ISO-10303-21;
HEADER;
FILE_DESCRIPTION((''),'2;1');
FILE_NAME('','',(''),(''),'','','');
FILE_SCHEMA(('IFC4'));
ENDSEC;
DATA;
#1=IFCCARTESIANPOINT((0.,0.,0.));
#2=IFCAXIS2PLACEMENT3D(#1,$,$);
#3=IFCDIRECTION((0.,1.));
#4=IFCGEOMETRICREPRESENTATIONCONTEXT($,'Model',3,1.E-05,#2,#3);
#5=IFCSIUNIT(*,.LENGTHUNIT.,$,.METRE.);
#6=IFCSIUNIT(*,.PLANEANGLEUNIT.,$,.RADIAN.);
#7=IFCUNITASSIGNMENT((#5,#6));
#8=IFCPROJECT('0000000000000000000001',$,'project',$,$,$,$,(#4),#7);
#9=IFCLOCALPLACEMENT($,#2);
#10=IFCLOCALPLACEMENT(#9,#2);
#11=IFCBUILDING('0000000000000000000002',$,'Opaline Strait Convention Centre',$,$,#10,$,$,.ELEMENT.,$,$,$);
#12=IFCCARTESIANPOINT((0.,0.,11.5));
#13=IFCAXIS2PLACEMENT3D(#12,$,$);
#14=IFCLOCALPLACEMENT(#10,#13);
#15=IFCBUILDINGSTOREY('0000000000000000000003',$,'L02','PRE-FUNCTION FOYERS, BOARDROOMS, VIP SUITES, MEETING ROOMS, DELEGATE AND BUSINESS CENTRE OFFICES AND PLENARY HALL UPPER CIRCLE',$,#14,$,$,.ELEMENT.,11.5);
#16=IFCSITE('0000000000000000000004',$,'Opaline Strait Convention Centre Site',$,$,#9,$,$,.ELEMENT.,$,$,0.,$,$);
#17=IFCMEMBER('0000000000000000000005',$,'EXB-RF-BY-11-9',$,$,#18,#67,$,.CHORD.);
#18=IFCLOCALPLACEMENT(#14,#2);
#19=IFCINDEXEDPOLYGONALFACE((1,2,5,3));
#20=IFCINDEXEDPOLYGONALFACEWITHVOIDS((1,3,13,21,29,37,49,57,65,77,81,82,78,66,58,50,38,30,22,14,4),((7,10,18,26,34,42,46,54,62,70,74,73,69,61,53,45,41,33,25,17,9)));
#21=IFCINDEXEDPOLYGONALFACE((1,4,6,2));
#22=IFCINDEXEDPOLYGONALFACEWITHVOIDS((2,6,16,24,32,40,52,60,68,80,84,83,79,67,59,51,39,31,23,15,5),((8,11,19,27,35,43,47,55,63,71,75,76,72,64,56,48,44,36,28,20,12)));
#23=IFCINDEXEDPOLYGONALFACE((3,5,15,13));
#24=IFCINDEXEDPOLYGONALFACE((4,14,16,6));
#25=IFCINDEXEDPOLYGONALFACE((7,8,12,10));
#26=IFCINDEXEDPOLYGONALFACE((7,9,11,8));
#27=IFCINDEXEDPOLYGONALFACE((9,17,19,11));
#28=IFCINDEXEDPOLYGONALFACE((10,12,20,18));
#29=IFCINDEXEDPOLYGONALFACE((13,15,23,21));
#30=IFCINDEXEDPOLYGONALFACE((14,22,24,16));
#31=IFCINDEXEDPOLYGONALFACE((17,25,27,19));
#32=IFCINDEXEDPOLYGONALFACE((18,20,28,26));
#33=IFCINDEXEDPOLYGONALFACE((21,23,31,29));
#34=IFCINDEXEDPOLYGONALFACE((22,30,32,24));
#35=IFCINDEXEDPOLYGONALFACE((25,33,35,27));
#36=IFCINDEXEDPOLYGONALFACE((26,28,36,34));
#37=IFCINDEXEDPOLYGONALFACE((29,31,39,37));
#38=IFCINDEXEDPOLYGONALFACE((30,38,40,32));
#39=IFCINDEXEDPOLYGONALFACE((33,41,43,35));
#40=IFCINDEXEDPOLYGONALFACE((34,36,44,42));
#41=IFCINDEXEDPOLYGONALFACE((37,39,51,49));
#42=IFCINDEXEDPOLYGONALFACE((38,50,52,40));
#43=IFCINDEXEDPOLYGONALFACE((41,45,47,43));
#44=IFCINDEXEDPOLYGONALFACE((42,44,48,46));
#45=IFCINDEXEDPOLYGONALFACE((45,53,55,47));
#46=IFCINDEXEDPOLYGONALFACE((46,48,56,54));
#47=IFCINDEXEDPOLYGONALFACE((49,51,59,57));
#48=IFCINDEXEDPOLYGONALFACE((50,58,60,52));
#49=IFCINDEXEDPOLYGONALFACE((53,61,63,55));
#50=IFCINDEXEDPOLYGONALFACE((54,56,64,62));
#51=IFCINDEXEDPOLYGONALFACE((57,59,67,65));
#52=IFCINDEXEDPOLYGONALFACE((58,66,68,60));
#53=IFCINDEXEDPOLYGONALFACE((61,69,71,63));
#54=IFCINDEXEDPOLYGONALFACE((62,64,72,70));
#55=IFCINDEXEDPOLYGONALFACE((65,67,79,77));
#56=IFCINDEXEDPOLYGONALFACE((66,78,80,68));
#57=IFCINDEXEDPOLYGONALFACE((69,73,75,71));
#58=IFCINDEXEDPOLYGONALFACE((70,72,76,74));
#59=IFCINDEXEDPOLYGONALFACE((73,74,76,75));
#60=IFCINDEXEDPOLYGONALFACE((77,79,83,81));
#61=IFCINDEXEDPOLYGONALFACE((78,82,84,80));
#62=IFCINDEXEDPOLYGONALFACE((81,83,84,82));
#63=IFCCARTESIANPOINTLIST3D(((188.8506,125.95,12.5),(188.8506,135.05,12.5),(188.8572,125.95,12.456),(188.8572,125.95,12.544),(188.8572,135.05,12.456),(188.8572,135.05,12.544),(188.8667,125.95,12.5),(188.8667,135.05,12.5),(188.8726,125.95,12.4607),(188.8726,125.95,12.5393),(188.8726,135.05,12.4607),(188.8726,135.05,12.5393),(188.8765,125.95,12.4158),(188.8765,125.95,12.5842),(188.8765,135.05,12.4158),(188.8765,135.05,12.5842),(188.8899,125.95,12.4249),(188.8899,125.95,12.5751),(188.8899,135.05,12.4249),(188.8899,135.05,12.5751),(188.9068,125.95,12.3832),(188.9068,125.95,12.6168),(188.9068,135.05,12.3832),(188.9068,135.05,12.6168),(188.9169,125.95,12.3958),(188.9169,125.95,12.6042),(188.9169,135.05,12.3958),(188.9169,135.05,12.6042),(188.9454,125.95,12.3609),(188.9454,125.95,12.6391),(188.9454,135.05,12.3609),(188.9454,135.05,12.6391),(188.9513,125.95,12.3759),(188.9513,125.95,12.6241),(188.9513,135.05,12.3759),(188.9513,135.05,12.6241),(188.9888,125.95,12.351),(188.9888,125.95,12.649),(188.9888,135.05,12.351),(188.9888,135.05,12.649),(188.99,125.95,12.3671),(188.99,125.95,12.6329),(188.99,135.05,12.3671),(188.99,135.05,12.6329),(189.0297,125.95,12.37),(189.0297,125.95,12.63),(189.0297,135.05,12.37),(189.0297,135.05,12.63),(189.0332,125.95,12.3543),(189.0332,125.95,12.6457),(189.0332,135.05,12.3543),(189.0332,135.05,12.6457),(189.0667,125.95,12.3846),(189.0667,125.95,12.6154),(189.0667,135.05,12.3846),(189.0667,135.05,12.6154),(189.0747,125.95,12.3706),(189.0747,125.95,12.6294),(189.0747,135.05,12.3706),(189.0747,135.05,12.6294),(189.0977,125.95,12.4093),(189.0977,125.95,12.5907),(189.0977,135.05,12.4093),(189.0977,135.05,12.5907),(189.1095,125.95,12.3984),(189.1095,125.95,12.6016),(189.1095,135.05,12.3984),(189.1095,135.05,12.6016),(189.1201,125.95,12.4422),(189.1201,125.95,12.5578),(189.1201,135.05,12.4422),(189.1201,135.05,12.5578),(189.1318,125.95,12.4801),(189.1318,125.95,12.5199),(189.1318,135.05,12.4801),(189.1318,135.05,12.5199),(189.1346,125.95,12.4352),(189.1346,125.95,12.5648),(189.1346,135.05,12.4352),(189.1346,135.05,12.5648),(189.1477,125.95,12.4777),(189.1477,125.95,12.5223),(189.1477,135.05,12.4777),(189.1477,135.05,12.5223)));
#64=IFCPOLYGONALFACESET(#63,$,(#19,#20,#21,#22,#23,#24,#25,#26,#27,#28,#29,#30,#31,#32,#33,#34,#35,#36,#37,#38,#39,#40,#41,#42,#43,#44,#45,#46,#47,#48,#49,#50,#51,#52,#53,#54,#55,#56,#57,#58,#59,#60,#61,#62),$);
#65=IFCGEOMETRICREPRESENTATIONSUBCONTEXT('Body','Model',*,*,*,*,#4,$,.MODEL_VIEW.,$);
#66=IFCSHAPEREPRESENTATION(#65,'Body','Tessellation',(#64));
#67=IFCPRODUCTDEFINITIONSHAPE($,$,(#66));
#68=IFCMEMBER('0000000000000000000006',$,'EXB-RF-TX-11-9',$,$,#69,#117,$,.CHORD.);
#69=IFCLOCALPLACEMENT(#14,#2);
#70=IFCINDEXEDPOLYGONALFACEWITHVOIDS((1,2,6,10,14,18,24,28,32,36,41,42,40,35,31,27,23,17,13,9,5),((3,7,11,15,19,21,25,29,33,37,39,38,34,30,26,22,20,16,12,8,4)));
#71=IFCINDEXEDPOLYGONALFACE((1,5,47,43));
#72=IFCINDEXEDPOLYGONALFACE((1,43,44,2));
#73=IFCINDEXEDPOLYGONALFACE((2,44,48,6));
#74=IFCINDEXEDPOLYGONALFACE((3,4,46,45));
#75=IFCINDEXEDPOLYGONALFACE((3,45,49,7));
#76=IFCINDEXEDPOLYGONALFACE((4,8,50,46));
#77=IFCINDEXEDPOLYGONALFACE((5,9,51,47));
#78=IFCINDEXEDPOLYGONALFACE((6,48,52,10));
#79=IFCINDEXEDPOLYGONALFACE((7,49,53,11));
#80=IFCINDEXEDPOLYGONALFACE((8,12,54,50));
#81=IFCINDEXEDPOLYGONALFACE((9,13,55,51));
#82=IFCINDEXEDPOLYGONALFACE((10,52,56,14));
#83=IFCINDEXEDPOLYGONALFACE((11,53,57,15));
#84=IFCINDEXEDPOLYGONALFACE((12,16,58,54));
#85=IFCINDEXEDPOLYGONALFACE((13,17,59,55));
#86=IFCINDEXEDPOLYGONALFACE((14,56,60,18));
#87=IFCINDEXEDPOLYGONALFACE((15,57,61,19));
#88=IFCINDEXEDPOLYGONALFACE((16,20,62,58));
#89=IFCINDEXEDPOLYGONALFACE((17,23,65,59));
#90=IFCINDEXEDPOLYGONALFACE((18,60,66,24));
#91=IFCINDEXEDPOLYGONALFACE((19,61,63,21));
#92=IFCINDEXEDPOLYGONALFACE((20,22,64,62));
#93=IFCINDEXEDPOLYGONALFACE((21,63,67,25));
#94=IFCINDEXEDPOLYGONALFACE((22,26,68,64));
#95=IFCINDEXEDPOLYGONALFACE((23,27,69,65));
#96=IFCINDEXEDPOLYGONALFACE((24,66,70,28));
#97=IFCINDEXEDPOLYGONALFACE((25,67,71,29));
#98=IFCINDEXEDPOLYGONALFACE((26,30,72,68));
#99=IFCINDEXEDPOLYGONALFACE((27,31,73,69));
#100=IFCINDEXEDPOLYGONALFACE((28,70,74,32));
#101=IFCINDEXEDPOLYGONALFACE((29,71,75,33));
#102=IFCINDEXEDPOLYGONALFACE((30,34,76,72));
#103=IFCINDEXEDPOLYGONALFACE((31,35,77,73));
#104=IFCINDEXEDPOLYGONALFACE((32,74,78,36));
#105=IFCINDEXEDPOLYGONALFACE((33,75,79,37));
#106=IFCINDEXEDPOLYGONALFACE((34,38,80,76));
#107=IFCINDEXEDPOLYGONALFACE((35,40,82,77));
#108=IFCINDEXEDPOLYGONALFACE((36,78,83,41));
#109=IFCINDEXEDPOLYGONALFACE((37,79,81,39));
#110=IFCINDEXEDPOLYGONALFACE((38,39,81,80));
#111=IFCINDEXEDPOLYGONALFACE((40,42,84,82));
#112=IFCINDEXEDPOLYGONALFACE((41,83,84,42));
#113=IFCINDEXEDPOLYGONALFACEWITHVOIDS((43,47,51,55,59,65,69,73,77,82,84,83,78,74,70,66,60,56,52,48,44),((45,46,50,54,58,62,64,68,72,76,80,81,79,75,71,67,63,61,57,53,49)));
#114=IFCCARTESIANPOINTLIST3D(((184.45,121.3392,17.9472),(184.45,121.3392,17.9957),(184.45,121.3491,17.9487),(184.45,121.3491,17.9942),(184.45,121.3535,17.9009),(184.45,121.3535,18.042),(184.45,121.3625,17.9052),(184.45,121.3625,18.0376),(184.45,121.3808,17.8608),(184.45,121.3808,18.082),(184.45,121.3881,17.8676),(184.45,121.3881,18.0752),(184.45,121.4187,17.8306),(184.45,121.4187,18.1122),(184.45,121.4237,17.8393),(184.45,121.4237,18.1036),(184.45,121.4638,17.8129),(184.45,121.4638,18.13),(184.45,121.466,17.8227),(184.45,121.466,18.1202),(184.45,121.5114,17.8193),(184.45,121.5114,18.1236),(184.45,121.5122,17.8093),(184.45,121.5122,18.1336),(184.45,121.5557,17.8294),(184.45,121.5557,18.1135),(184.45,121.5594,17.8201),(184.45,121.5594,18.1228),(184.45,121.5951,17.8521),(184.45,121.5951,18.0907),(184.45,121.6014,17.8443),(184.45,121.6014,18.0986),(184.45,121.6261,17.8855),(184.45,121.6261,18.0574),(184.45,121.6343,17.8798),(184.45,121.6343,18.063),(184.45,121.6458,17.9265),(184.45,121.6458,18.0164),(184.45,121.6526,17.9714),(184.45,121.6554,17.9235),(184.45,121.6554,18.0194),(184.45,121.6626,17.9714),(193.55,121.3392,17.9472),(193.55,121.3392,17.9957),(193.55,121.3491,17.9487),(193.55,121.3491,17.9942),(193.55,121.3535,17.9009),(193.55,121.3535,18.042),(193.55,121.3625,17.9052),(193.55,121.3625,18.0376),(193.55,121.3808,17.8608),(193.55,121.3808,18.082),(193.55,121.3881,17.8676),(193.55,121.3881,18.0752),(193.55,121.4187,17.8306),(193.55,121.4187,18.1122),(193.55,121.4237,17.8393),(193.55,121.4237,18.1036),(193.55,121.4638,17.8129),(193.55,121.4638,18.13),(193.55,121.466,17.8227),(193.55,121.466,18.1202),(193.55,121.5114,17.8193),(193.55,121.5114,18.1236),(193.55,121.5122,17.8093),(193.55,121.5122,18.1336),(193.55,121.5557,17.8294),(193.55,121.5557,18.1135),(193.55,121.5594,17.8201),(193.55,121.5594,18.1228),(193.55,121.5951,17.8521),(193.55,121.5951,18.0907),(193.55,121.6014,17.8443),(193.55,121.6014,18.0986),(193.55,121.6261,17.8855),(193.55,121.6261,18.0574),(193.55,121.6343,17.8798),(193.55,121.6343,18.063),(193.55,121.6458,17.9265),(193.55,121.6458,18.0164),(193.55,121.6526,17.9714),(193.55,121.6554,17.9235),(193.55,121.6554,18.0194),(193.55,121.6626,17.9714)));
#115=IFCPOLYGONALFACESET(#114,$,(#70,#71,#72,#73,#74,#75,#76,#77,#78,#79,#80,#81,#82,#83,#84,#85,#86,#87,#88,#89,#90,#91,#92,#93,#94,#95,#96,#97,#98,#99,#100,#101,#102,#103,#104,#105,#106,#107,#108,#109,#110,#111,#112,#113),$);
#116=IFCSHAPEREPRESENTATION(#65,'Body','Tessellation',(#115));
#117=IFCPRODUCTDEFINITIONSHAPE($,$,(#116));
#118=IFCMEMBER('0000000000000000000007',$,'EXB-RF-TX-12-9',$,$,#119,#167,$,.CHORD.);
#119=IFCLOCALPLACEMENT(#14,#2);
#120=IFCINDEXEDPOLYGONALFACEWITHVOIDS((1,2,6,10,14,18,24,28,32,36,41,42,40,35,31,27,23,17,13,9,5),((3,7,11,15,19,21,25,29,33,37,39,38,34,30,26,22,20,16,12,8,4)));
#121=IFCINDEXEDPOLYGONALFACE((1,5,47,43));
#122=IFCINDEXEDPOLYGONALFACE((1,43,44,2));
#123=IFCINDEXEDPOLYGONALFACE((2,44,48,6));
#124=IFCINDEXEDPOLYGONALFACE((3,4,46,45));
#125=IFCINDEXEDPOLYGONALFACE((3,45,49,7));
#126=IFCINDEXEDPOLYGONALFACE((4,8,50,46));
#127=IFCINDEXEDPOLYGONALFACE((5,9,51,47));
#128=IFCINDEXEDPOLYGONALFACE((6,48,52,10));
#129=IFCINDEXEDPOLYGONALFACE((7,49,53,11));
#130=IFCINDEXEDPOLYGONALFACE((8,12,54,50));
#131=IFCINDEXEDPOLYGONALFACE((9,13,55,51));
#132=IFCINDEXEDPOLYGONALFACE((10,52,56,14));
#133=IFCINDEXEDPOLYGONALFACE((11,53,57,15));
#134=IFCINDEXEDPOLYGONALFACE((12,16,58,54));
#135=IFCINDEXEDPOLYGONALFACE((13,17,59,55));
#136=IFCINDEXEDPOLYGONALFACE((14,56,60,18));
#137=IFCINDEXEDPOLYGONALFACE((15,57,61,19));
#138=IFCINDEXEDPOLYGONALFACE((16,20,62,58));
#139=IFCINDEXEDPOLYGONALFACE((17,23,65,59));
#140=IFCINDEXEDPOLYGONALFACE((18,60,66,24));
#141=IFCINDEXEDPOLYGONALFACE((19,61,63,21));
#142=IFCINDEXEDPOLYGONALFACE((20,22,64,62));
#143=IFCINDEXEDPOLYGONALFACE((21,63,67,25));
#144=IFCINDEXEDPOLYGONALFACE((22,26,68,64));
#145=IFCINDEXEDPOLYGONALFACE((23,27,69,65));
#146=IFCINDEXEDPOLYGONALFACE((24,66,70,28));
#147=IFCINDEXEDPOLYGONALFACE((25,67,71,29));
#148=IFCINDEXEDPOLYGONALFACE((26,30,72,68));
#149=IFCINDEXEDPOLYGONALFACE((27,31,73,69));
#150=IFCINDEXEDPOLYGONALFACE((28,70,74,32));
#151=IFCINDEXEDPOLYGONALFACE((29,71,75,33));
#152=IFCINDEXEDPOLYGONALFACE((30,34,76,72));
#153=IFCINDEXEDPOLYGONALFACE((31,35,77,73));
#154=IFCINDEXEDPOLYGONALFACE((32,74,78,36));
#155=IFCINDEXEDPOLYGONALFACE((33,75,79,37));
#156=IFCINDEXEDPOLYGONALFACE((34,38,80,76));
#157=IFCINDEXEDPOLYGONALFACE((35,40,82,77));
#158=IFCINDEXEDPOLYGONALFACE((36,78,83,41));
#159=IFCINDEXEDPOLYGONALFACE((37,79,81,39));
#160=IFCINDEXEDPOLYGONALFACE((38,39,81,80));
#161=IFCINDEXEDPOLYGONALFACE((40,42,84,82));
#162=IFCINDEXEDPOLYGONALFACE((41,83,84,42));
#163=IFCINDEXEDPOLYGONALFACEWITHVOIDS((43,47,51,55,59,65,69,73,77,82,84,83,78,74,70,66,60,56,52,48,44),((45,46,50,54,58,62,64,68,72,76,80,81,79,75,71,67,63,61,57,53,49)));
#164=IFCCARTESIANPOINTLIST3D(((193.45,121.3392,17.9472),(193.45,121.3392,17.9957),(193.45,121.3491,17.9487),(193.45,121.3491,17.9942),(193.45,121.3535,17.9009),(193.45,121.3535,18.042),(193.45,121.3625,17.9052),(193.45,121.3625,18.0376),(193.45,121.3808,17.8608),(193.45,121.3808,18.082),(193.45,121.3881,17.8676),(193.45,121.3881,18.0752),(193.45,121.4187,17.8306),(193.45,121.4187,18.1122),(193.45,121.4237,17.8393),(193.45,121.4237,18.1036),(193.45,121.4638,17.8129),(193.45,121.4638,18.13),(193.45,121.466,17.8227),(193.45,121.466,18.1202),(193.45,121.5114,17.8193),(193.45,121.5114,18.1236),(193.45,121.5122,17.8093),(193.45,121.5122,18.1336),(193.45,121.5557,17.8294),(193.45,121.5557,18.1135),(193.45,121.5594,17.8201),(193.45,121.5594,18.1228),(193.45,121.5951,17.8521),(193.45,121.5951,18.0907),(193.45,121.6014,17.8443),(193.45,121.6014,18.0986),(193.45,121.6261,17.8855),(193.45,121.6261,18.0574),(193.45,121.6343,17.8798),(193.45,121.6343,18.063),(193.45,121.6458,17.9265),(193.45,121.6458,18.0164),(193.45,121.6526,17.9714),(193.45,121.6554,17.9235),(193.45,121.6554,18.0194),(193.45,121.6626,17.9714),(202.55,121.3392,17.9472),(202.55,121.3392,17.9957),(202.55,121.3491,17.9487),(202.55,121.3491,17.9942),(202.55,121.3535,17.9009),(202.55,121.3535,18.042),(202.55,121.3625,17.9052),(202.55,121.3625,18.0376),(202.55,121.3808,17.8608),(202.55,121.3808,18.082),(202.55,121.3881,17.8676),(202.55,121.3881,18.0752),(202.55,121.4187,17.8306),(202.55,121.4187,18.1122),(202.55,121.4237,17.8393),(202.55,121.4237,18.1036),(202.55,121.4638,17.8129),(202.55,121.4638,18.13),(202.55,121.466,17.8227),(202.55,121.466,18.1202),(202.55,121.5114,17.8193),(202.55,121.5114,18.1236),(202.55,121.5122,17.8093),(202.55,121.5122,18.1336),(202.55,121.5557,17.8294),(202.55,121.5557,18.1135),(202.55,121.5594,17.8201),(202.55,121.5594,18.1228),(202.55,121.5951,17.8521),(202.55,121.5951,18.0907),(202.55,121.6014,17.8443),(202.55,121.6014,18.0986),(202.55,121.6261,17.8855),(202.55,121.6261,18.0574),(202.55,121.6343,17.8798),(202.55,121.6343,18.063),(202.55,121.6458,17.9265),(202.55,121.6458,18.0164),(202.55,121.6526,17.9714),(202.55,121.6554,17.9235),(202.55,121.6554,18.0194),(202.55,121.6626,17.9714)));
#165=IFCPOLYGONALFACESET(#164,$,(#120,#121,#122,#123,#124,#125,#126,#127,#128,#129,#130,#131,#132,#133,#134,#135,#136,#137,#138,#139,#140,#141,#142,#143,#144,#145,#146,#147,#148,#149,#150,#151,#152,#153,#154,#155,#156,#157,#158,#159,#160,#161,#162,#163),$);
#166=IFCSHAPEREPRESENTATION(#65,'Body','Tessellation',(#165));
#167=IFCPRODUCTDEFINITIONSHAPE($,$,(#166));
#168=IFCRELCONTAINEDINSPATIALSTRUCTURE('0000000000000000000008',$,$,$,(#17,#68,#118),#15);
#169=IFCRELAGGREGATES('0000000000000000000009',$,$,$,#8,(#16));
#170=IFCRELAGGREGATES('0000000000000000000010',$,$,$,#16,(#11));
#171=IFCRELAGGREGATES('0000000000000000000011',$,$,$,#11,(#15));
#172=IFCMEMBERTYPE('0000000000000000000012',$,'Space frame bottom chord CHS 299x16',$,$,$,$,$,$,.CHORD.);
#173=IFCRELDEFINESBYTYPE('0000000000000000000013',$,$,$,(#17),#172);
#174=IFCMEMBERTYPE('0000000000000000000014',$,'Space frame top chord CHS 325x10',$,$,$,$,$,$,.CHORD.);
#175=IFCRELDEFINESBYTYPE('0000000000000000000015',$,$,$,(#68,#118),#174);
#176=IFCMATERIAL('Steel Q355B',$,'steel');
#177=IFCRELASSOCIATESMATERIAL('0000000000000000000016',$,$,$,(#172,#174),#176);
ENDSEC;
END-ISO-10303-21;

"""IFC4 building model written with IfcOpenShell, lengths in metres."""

from ifc_helpers import new_model, si_unit, direction, frame, origin, origin_2d, place, context, subcontext, project, spatial, hollow_circle, extrude, material, material_profile, profile_set, type_object, element, save


model = new_model("IFC4")

# Units and contexts
model_context = context("Model", 3, precision=1e-05, world=origin(), true_north=direction((0.0, 1.0)))
body_context = subcontext(model_context, "Body", "Model", "MODEL_VIEW")
ifc_project = project(units=[si_unit("LENGTHUNIT", "METRE"), si_unit("PLANEANGLEUNIT", "RADIAN")], contexts=[model_context])

# Site, building, storey
site_placement = place(None, origin())
site = spatial("IfcSite", under=ifc_project, at=site_placement, Name="Opaline Strait Convention Centre Site", CompositionType="ELEMENT", RefElevation=0.0)
building_placement = place(site_placement, origin())
building = spatial("IfcBuilding", under=site, at=building_placement, Name="Opaline Strait Convention Centre", CompositionType="ELEMENT")
storey_placement = place(building_placement, frame((0.0, 0.0, 11.5)))
storey = spatial("IfcBuildingStorey", under=building, at=storey_placement, Name="L02", Description="PRE-FUNCTION FOYERS, BOARDROOMS, VIP SUITES, MEETING ROOMS, DELEGATE AND BUSINESS CENTRE OFFICES AND PLENARY HALL UPPER CIRCLE", CompositionType="ELEMENT", Elevation=11.5)

# Members
ifc_material = material(Name="Steel Q355B", Category="steel")
ifc_material_profile_1 = material_profile(ifc_material, hollow_circle(Radius=0.1494, WallThickness=0.0161, at=origin_2d()), Name="CHS 299x16")
ifc_profile_set_1 = profile_set([ifc_material_profile_1], Name="Steel Q355B")
member_type_1 = type_object("IfcMemberType", Name="Space frame bottom chord CHS 299x16", PredefinedType="CHORD", material=ifc_profile_set_1)
for number, where, z_axis, x_axis, name in (
    (1, (189.0, 125.95, 12.5), (0.0, 1.0, 0.0), (-1.0, 0.0, 0.0), "EXB-RF-BY-11-9"),
):
    element("IfcMember", number, at=place(storey_placement, frame(where, z_axis=z_axis, x_axis=x_axis)), inside=storey, type_object=member_type_1, Name=name, PredefinedType="CHORD", context=body_context, shape_type="SweptSolid", body=[
        extrude(hollow_circle(Radius=0.1494, WallThickness=0.0161, at=origin_2d()), origin(), (0.0, 0.0, 1.0), 9.1001),
    ])
ifc_material_profile_2 = material_profile(ifc_material, hollow_circle(Radius=0.1626, WallThickness=0.01, at=origin_2d()), Name="CHS 325x10")
ifc_profile_set_2 = profile_set([ifc_material_profile_2], Name="Steel Q355B")
member_type_2 = type_object("IfcMemberType", Name="Space frame top chord CHS 325x10", PredefinedType="CHORD", material=ifc_profile_set_2)
for number, where, z_axis, x_axis, name in (
    (2, (184.45, 121.5, 17.9714), (1.0, 0.0, 0.0), (0.0, 1.0, 0.0), "EXB-RF-TX-11-9"),
    (3, (193.45, 121.5, 17.9714), (1.0, 0.0, 0.0), (0.0, 1.0, 0.0), "EXB-RF-TX-12-9"),
):
    element("IfcMember", number, at=place(storey_placement, frame(where, z_axis=z_axis, x_axis=x_axis)), inside=storey, type_object=member_type_2, Name=name, PredefinedType="CHORD", context=body_context, shape_type="SweptSolid", body=[
        extrude(hollow_circle(Radius=0.1626, WallThickness=0.01, at=origin_2d()), origin(), (0.0, 0.0, 1.0), 9.1001),
    ])

save(model, "model.ifc")
